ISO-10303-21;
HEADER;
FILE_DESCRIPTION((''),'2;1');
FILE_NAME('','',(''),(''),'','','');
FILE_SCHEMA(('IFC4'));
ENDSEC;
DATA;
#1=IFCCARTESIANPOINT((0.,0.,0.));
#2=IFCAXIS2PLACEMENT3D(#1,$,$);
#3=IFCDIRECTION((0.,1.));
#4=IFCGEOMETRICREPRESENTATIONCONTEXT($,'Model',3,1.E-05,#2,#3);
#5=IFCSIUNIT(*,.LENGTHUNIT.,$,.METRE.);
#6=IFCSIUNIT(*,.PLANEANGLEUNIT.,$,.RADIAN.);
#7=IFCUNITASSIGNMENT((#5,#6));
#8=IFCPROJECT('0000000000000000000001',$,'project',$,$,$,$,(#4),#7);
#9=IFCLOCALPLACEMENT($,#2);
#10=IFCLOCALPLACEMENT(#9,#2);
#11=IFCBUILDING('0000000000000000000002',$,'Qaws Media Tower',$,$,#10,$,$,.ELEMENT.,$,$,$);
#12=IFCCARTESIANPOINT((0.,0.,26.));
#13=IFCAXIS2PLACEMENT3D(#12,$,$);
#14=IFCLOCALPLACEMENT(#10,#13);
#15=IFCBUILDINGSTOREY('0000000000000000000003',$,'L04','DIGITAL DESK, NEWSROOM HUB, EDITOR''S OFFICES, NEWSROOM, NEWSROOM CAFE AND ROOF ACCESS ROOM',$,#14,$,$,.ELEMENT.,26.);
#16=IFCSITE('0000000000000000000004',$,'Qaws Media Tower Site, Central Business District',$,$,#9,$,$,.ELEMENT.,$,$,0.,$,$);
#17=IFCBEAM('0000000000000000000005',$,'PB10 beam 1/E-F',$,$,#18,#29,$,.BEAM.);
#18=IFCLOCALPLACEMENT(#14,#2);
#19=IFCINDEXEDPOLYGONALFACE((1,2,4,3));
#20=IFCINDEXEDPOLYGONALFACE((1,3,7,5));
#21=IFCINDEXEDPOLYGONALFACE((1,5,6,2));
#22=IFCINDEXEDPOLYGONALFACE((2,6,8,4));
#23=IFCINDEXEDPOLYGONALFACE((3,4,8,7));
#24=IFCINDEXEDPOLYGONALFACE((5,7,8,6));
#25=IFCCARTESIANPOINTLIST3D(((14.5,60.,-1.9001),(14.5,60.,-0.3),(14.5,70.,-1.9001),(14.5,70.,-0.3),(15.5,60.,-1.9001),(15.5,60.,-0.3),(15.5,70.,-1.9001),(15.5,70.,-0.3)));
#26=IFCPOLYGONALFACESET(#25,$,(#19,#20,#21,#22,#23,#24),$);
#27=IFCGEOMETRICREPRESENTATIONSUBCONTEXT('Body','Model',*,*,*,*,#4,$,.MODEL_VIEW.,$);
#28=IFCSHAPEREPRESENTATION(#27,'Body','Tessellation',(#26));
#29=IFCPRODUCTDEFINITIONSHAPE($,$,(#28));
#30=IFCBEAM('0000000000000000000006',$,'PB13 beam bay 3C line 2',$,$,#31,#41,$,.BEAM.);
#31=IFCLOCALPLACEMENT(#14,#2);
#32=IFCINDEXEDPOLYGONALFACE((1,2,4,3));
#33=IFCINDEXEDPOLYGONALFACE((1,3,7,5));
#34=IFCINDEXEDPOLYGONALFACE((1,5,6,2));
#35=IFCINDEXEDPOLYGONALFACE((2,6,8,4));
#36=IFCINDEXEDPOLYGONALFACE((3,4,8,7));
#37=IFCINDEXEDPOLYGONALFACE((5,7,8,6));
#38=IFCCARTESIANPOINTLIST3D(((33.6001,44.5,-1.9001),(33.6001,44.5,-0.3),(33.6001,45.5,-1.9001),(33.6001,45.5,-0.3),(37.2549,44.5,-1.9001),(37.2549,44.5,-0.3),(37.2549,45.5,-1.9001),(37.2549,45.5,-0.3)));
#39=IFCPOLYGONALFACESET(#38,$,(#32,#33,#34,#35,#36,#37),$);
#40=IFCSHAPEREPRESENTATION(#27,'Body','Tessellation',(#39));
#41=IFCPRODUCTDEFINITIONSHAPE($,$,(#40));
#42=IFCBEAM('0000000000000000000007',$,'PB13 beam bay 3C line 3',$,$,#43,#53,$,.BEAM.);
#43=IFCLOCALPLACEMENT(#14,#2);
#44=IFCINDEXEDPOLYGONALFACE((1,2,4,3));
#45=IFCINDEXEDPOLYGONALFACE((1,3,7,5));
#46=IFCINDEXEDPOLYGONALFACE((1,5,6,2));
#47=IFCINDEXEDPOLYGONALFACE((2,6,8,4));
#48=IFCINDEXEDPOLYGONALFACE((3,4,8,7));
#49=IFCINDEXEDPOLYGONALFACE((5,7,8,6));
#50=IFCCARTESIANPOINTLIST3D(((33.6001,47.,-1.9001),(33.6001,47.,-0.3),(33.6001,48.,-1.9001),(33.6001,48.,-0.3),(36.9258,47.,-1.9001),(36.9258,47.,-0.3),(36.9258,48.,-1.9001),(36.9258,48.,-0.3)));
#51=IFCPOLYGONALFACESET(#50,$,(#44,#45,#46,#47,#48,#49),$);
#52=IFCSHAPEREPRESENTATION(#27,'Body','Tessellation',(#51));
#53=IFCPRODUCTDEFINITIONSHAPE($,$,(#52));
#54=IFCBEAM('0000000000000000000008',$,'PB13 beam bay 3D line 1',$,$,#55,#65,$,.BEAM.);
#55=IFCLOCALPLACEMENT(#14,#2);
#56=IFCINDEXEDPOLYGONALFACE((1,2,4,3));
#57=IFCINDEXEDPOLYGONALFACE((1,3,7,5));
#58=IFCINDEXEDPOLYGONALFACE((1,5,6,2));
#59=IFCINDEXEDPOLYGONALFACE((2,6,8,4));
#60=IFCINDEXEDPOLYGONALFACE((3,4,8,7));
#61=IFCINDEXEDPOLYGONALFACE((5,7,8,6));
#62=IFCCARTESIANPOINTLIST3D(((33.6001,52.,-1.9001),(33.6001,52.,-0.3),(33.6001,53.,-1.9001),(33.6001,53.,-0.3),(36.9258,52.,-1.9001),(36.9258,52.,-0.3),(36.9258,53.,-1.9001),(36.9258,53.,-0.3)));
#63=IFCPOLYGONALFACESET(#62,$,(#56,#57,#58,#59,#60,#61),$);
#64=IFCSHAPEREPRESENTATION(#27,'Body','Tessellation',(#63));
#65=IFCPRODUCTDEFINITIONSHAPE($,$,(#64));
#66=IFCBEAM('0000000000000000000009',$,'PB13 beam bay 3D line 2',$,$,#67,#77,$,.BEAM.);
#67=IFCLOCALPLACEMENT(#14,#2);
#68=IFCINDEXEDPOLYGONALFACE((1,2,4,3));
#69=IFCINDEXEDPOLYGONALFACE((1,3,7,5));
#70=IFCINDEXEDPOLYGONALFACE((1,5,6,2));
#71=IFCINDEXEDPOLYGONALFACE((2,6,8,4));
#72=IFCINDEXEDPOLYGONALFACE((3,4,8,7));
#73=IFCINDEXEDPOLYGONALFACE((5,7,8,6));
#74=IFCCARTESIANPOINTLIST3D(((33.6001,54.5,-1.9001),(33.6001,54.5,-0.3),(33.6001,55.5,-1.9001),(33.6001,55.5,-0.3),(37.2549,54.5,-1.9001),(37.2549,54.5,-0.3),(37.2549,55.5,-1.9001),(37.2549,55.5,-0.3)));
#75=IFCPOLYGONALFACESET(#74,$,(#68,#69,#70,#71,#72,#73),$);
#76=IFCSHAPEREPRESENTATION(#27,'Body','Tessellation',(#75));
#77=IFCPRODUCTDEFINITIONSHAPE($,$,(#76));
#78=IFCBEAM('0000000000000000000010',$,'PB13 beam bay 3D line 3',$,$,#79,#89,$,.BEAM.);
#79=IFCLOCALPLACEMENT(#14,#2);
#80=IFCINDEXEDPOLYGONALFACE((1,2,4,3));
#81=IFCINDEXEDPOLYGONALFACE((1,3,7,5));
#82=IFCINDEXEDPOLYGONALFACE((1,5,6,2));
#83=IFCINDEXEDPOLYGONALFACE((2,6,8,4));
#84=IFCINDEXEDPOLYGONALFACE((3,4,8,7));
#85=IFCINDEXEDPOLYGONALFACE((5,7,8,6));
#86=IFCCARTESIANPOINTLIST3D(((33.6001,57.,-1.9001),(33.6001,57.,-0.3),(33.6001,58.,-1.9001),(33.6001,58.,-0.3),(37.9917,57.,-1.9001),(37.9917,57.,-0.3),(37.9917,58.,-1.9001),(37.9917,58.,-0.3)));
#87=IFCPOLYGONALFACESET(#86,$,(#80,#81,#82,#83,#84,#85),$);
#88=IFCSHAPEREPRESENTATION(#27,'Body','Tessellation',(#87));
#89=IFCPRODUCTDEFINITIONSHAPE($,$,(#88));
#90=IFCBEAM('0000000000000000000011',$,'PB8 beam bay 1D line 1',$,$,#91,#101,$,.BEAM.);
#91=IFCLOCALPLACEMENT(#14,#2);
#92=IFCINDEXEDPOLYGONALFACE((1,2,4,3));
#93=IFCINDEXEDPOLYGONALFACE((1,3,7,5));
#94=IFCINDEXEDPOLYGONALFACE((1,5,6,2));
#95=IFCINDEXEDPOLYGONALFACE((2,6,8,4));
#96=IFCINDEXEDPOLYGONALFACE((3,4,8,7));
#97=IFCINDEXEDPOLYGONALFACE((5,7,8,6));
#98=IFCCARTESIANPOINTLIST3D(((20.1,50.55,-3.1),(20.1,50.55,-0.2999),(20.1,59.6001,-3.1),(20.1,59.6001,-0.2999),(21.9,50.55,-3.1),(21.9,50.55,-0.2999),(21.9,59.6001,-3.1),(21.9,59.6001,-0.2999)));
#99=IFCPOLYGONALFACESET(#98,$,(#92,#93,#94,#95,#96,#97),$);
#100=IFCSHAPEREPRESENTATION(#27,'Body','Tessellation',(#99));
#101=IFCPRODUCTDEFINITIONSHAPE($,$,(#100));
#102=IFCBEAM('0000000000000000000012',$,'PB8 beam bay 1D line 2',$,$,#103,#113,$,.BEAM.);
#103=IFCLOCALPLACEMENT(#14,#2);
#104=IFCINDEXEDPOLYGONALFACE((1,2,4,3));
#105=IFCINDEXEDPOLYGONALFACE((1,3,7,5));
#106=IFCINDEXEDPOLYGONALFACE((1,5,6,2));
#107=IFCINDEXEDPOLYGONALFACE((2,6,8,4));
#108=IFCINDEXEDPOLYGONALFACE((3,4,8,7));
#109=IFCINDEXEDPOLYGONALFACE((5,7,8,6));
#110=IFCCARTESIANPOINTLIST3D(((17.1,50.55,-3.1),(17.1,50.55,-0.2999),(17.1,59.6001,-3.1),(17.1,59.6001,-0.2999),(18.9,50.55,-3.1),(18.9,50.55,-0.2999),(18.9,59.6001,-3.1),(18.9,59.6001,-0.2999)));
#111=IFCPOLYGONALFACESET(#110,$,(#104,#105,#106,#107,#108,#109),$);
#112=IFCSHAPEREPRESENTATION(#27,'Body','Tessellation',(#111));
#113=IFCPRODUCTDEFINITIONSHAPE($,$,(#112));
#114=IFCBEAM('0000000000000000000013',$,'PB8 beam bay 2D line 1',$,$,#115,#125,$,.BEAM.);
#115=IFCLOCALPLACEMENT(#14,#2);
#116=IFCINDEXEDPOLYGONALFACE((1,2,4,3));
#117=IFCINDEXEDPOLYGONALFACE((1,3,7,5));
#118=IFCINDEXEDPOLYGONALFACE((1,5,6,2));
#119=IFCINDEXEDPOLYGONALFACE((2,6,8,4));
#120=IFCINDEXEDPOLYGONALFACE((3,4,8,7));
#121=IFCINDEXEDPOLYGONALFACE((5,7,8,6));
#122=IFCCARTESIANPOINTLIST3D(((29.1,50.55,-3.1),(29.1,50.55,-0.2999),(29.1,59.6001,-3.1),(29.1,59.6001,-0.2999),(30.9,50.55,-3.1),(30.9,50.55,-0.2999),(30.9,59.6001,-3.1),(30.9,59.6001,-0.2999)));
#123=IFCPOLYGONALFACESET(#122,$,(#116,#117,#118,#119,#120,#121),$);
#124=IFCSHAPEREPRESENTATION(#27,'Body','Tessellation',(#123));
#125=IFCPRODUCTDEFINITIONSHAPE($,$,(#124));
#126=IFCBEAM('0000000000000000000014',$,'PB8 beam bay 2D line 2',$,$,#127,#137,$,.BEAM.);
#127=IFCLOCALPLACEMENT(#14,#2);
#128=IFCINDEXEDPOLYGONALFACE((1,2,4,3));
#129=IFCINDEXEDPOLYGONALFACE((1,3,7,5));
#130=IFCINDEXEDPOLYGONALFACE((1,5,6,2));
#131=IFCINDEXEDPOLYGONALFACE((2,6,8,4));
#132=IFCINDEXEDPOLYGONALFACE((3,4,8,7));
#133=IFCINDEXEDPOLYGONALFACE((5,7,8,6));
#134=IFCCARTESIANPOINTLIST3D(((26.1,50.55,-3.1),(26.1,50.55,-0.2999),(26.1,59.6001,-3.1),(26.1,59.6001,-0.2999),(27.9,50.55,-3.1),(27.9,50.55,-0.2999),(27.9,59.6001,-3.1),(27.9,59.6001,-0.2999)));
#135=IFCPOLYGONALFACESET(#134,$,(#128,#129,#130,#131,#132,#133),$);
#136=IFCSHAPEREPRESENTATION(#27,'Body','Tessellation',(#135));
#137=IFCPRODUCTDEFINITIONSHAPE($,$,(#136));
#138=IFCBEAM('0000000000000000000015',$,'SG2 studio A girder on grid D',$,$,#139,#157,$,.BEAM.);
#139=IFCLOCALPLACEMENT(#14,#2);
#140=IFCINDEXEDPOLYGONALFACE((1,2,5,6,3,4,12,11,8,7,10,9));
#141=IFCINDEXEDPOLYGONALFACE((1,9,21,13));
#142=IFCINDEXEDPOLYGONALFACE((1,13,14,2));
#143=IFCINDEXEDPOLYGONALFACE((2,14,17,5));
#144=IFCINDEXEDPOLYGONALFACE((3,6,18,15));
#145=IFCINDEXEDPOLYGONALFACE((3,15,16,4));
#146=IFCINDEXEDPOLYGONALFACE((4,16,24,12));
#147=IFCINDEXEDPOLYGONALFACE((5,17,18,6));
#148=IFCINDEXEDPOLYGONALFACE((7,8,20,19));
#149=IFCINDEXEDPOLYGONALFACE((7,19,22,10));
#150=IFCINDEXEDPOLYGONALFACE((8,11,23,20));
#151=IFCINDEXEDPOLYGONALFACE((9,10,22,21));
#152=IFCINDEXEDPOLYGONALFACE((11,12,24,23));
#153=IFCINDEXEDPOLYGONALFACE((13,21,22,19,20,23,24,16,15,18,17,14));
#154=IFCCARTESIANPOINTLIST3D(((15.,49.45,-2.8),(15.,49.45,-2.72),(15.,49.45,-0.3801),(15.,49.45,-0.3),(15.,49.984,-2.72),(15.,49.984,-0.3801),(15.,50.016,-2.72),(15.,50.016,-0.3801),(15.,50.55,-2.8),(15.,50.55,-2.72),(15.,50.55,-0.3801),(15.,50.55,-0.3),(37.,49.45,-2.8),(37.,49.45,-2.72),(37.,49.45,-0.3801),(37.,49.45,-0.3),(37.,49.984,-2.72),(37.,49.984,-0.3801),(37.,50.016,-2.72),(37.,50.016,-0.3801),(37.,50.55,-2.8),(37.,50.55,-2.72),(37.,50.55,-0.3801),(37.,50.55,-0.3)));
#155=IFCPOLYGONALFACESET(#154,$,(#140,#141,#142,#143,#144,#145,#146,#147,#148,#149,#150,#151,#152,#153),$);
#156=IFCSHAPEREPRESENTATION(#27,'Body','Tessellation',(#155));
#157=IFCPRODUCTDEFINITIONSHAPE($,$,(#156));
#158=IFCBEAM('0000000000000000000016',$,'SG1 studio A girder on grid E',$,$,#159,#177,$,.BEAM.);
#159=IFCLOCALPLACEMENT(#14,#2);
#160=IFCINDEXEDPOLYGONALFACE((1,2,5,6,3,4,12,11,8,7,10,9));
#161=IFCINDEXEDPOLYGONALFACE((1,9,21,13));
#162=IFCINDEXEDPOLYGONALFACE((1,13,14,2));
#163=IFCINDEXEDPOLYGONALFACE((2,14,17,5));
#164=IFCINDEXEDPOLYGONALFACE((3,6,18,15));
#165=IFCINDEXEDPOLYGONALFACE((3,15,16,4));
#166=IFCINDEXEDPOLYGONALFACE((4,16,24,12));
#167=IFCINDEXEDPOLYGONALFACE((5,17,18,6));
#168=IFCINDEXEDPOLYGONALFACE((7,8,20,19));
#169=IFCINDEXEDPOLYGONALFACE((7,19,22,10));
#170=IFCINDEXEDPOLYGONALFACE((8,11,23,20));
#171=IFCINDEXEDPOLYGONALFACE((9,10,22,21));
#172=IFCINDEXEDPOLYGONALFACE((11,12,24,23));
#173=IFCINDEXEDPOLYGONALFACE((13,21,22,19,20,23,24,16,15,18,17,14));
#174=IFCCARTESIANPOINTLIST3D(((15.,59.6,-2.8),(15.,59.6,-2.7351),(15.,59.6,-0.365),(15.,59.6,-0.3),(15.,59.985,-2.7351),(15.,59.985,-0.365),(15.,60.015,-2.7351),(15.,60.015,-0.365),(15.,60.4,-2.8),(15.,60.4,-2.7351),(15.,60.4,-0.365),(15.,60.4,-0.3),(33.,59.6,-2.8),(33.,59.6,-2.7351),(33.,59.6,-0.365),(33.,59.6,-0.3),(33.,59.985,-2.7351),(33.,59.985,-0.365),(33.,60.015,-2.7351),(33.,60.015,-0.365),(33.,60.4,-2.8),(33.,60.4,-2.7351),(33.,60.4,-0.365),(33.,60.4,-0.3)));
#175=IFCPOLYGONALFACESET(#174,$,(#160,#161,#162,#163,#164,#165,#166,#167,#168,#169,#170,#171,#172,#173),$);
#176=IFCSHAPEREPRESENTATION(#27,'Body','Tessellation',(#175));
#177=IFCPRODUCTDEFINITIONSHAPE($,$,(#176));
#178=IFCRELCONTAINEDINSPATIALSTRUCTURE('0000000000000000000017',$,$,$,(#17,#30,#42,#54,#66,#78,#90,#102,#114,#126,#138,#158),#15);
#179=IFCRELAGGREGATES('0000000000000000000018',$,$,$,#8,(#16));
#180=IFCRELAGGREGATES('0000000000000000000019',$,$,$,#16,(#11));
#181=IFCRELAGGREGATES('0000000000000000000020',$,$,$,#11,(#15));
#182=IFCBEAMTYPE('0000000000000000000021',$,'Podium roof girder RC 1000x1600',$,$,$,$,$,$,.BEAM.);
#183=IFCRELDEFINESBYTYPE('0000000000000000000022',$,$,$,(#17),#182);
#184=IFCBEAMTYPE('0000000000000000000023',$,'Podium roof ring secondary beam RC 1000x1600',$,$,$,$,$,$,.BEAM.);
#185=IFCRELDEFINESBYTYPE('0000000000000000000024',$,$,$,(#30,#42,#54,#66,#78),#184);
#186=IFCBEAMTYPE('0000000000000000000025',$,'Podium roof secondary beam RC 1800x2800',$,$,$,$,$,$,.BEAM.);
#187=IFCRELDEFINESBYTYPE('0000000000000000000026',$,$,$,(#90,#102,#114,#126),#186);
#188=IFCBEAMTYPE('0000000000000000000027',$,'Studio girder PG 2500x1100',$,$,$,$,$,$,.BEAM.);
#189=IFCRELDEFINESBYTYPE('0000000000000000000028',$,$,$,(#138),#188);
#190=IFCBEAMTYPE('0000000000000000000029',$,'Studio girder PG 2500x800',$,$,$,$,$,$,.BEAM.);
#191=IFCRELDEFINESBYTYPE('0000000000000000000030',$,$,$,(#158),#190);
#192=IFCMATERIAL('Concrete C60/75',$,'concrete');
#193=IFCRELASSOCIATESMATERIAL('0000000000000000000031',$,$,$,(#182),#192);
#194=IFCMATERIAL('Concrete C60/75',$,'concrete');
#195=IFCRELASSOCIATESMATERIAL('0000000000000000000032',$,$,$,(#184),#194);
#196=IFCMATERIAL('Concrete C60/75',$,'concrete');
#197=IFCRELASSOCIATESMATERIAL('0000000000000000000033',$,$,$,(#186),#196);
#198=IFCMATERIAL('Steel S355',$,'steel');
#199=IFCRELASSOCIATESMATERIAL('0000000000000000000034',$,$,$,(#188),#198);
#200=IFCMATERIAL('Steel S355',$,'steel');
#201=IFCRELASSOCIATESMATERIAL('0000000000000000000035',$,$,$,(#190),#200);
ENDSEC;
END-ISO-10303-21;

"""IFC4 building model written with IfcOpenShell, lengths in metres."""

from ifc_helpers import new_model, si_unit, direction, frame, origin, origin_2d, place, context, subcontext, project, spatial, rectangle, i_section, extrude, material, material_profile, profile_set, type_object, element, save


model = new_model("IFC4")

# Units and contexts
model_context = context("Model", 3, precision=1e-05, world=origin(), true_north=direction((0.0, 1.0)))
body_context = subcontext(model_context, "Body", "Model", "MODEL_VIEW")
ifc_project = project(units=[si_unit("LENGTHUNIT", "METRE"), si_unit("PLANEANGLEUNIT", "RADIAN")], contexts=[model_context])

# Site, building, storey
site_placement = place(None, origin())
site = spatial("IfcSite", under=ifc_project, at=site_placement, Name="Qaws Media Tower Site, Central Business District", CompositionType="ELEMENT", RefElevation=0.0)
building_placement = place(site_placement, origin())
building = spatial("IfcBuilding", under=site, at=building_placement, Name="Qaws Media Tower", CompositionType="ELEMENT")
storey_placement = place(building_placement, frame((0.0, 0.0, 26.0)))
storey = spatial("IfcBuildingStorey", under=building, at=storey_placement, Name="L04", Description="DIGITAL DESK, NEWSROOM HUB, EDITOR'S OFFICES, NEWSROOM, NEWSROOM CAFE AND ROOF ACCESS ROOM", CompositionType="ELEMENT", Elevation=26.0)

# Beams
ifc_material_1 = material(Name="Concrete C60/75", Category="concrete")
ifc_material_profile_1 = material_profile(ifc_material_1, rectangle(XDim=1.0, YDim=1.6001, at=origin_2d()), Name="RC 1000x1600")
ifc_profile_set_1 = profile_set([ifc_material_profile_1], Name="Concrete C60/75")
beam_type_1 = type_object("IfcBeamType", Name="Podium roof girder RC 1000x1600", PredefinedType="BEAM", material=ifc_profile_set_1)
for number, where, z_axis, x_axis, name in (
    (1, (15.0, 60.0, -1.1001), (0.0, 1.0, 0.0), (-1.0, 0.0, 0.0), "PB10 beam 1/E-F"),
):
    element("IfcBeam", number, at=place(storey_placement, frame(where, z_axis=z_axis, x_axis=x_axis)), inside=storey, type_object=beam_type_1, Name=name, PredefinedType="BEAM", context=body_context, shape_type="SweptSolid", body=[
        extrude(rectangle(XDim=1.0, YDim=1.6001, at=origin_2d()), origin(), (0.0, 0.0, 1.0), 10.0),
    ])
ifc_material_2 = material(Name="Concrete C60/75", Category="concrete")
ifc_material_profile_2 = material_profile(ifc_material_2, rectangle(XDim=1.0, YDim=1.6001, at=origin_2d()), Name="RC 1000x1600")
ifc_profile_set_2 = profile_set([ifc_material_profile_2], Name="Concrete C60/75")
beam_type_2 = type_object("IfcBeamType", Name="Podium roof ring secondary beam RC 1000x1600", PredefinedType="BEAM", material=ifc_profile_set_2)
beam_1_placement = place(storey_placement, frame((33.6001, 45.0, -1.1001), z_axis=(1.0, 0.0, 0.0), x_axis=(0.0, 1.0, 0.0)))
element("IfcBeam", 2, at=beam_1_placement, inside=storey, type_object=beam_type_2, Name="PB13 beam bay 3C line 2", PredefinedType="BEAM", context=body_context, shape_type="SweptSolid", body=[
    extrude(rectangle(XDim=1.0, YDim=1.6001, at=origin_2d()), origin(), (0.0, 0.0, 1.0), 3.6548),
])
for number, where, z_axis, x_axis, name in (
    (3, (33.6001, 47.5, -1.1001), (1.0, 0.0, 0.0), (0.0, 1.0, 0.0), "PB13 beam bay 3C line 3"),
    (4, (33.6001, 52.5, -1.1001), (1.0, 0.0, 0.0), (0.0, 1.0, 0.0), "PB13 beam bay 3D line 1"),
):
    element("IfcBeam", number, at=place(storey_placement, frame(where, z_axis=z_axis, x_axis=x_axis)), inside=storey, type_object=beam_type_2, Name=name, PredefinedType="BEAM", context=body_context, shape_type="SweptSolid", body=[
        extrude(rectangle(XDim=1.0, YDim=1.6001, at=origin_2d()), origin(), (0.0, 0.0, 1.0), 3.3257),
    ])
beam_2_placement = place(storey_placement, frame((33.6001, 55.0, -1.1001), z_axis=(1.0, 0.0, 0.0), x_axis=(0.0, 1.0, 0.0)))
element("IfcBeam", 5, at=beam_2_placement, inside=storey, type_object=beam_type_2, Name="PB13 beam bay 3D line 2", PredefinedType="BEAM", context=body_context, shape_type="SweptSolid", body=[
    extrude(rectangle(XDim=1.0, YDim=1.6001, at=origin_2d()), origin(), (0.0, 0.0, 1.0), 3.6548),
])
beam_3_placement = place(storey_placement, frame((33.6001, 57.5, -1.1001), z_axis=(1.0, 0.0, 0.0), x_axis=(0.0, 1.0, 0.0)))
element("IfcBeam", 6, at=beam_3_placement, inside=storey, type_object=beam_type_2, Name="PB13 beam bay 3D line 3", PredefinedType="BEAM", context=body_context, shape_type="SweptSolid", body=[
    extrude(rectangle(XDim=1.0, YDim=1.6001, at=origin_2d()), origin(), (0.0, 0.0, 1.0), 4.3916),
])
ifc_material_3 = material(Name="Concrete C60/75", Category="concrete")
ifc_material_profile_3 = material_profile(ifc_material_3, rectangle(XDim=1.8, YDim=2.8, at=origin_2d()), Name="RC 1800x2800")
ifc_profile_set_3 = profile_set([ifc_material_profile_3], Name="Concrete C60/75")
beam_type_3 = type_object("IfcBeamType", Name="Podium roof secondary beam RC 1800x2800", PredefinedType="BEAM", material=ifc_profile_set_3)
for number, where, z_axis, x_axis, name in (
    (7, (21.0, 50.55, -1.7), (0.0, 1.0, 0.0), (-1.0, 0.0, 0.0), "PB8 beam bay 1D line 1"),
    (8, (18.0, 50.55, -1.7), (0.0, 1.0, 0.0), (-1.0, 0.0, 0.0), "PB8 beam bay 1D line 2"),
    (9, (30.0, 50.55, -1.7), (0.0, 1.0, 0.0), (-1.0, 0.0, 0.0), "PB8 beam bay 2D line 1"),
    (10, (27.0, 50.55, -1.7), (0.0, 1.0, 0.0), (-1.0, 0.0, 0.0), "PB8 beam bay 2D line 2"),
):
    element("IfcBeam", number, at=place(storey_placement, frame(where, z_axis=z_axis, x_axis=x_axis)), inside=storey, type_object=beam_type_3, Name=name, PredefinedType="BEAM", context=body_context, shape_type="SweptSolid", body=[
        extrude(rectangle(XDim=1.8, YDim=2.8, at=origin_2d()), origin(), (0.0, 0.0, 1.0), 9.05),
    ])
ifc_material_4 = material(Name="Steel S355", Category="steel")
ifc_material_profile_4 = material_profile(ifc_material_4, i_section(OverallWidth=1.1001, OverallDepth=2.5, WebThickness=0.032, FlangeThickness=0.0801, at=origin_2d()), Name="PG 2500x1100")
ifc_profile_set_4 = profile_set([ifc_material_profile_4], Name="Steel S355")
beam_type_4 = type_object("IfcBeamType", Name="Studio girder PG 2500x1100", PredefinedType="BEAM", material=ifc_profile_set_4)
beam_4_placement = place(storey_placement, frame((15.0, 50.0, -1.55), z_axis=(1.0, 0.0, 0.0), x_axis=(0.0, 1.0, 0.0)))
element("IfcBeam", 11, at=beam_4_placement, inside=storey, type_object=beam_type_4, Name="SG2 studio A girder on grid D", PredefinedType="BEAM", context=body_context, shape_type="SweptSolid", body=[
    extrude(i_section(OverallWidth=1.1001, OverallDepth=2.5, WebThickness=0.032, FlangeThickness=0.0801, at=origin_2d()), origin(), (0.0, 0.0, 1.0), 22.0),
])
ifc_material_5 = material(Name="Steel S355", Category="steel")
ifc_material_profile_5 = material_profile(ifc_material_5, i_section(OverallWidth=0.8, OverallDepth=2.5, WebThickness=0.03, FlangeThickness=0.0649, at=origin_2d()), Name="PG 2500x800")
ifc_profile_set_5 = profile_set([ifc_material_profile_5], Name="Steel S355")
beam_type_5 = type_object("IfcBeamType", Name="Studio girder PG 2500x800", PredefinedType="BEAM", material=ifc_profile_set_5)
beam_5_placement = place(storey_placement, frame((15.0, 60.0, -1.55), z_axis=(1.0, 0.0, 0.0), x_axis=(0.0, 1.0, 0.0)))
element("IfcBeam", 12, at=beam_5_placement, inside=storey, type_object=beam_type_5, Name="SG1 studio A girder on grid E", PredefinedType="BEAM", context=body_context, shape_type="SweptSolid", body=[
    extrude(i_section(OverallWidth=0.8, OverallDepth=2.5, WebThickness=0.03, FlangeThickness=0.0649, at=origin_2d()), origin(), (0.0, 0.0, 1.0), 18.0),
])

save(model, "model.ifc")
